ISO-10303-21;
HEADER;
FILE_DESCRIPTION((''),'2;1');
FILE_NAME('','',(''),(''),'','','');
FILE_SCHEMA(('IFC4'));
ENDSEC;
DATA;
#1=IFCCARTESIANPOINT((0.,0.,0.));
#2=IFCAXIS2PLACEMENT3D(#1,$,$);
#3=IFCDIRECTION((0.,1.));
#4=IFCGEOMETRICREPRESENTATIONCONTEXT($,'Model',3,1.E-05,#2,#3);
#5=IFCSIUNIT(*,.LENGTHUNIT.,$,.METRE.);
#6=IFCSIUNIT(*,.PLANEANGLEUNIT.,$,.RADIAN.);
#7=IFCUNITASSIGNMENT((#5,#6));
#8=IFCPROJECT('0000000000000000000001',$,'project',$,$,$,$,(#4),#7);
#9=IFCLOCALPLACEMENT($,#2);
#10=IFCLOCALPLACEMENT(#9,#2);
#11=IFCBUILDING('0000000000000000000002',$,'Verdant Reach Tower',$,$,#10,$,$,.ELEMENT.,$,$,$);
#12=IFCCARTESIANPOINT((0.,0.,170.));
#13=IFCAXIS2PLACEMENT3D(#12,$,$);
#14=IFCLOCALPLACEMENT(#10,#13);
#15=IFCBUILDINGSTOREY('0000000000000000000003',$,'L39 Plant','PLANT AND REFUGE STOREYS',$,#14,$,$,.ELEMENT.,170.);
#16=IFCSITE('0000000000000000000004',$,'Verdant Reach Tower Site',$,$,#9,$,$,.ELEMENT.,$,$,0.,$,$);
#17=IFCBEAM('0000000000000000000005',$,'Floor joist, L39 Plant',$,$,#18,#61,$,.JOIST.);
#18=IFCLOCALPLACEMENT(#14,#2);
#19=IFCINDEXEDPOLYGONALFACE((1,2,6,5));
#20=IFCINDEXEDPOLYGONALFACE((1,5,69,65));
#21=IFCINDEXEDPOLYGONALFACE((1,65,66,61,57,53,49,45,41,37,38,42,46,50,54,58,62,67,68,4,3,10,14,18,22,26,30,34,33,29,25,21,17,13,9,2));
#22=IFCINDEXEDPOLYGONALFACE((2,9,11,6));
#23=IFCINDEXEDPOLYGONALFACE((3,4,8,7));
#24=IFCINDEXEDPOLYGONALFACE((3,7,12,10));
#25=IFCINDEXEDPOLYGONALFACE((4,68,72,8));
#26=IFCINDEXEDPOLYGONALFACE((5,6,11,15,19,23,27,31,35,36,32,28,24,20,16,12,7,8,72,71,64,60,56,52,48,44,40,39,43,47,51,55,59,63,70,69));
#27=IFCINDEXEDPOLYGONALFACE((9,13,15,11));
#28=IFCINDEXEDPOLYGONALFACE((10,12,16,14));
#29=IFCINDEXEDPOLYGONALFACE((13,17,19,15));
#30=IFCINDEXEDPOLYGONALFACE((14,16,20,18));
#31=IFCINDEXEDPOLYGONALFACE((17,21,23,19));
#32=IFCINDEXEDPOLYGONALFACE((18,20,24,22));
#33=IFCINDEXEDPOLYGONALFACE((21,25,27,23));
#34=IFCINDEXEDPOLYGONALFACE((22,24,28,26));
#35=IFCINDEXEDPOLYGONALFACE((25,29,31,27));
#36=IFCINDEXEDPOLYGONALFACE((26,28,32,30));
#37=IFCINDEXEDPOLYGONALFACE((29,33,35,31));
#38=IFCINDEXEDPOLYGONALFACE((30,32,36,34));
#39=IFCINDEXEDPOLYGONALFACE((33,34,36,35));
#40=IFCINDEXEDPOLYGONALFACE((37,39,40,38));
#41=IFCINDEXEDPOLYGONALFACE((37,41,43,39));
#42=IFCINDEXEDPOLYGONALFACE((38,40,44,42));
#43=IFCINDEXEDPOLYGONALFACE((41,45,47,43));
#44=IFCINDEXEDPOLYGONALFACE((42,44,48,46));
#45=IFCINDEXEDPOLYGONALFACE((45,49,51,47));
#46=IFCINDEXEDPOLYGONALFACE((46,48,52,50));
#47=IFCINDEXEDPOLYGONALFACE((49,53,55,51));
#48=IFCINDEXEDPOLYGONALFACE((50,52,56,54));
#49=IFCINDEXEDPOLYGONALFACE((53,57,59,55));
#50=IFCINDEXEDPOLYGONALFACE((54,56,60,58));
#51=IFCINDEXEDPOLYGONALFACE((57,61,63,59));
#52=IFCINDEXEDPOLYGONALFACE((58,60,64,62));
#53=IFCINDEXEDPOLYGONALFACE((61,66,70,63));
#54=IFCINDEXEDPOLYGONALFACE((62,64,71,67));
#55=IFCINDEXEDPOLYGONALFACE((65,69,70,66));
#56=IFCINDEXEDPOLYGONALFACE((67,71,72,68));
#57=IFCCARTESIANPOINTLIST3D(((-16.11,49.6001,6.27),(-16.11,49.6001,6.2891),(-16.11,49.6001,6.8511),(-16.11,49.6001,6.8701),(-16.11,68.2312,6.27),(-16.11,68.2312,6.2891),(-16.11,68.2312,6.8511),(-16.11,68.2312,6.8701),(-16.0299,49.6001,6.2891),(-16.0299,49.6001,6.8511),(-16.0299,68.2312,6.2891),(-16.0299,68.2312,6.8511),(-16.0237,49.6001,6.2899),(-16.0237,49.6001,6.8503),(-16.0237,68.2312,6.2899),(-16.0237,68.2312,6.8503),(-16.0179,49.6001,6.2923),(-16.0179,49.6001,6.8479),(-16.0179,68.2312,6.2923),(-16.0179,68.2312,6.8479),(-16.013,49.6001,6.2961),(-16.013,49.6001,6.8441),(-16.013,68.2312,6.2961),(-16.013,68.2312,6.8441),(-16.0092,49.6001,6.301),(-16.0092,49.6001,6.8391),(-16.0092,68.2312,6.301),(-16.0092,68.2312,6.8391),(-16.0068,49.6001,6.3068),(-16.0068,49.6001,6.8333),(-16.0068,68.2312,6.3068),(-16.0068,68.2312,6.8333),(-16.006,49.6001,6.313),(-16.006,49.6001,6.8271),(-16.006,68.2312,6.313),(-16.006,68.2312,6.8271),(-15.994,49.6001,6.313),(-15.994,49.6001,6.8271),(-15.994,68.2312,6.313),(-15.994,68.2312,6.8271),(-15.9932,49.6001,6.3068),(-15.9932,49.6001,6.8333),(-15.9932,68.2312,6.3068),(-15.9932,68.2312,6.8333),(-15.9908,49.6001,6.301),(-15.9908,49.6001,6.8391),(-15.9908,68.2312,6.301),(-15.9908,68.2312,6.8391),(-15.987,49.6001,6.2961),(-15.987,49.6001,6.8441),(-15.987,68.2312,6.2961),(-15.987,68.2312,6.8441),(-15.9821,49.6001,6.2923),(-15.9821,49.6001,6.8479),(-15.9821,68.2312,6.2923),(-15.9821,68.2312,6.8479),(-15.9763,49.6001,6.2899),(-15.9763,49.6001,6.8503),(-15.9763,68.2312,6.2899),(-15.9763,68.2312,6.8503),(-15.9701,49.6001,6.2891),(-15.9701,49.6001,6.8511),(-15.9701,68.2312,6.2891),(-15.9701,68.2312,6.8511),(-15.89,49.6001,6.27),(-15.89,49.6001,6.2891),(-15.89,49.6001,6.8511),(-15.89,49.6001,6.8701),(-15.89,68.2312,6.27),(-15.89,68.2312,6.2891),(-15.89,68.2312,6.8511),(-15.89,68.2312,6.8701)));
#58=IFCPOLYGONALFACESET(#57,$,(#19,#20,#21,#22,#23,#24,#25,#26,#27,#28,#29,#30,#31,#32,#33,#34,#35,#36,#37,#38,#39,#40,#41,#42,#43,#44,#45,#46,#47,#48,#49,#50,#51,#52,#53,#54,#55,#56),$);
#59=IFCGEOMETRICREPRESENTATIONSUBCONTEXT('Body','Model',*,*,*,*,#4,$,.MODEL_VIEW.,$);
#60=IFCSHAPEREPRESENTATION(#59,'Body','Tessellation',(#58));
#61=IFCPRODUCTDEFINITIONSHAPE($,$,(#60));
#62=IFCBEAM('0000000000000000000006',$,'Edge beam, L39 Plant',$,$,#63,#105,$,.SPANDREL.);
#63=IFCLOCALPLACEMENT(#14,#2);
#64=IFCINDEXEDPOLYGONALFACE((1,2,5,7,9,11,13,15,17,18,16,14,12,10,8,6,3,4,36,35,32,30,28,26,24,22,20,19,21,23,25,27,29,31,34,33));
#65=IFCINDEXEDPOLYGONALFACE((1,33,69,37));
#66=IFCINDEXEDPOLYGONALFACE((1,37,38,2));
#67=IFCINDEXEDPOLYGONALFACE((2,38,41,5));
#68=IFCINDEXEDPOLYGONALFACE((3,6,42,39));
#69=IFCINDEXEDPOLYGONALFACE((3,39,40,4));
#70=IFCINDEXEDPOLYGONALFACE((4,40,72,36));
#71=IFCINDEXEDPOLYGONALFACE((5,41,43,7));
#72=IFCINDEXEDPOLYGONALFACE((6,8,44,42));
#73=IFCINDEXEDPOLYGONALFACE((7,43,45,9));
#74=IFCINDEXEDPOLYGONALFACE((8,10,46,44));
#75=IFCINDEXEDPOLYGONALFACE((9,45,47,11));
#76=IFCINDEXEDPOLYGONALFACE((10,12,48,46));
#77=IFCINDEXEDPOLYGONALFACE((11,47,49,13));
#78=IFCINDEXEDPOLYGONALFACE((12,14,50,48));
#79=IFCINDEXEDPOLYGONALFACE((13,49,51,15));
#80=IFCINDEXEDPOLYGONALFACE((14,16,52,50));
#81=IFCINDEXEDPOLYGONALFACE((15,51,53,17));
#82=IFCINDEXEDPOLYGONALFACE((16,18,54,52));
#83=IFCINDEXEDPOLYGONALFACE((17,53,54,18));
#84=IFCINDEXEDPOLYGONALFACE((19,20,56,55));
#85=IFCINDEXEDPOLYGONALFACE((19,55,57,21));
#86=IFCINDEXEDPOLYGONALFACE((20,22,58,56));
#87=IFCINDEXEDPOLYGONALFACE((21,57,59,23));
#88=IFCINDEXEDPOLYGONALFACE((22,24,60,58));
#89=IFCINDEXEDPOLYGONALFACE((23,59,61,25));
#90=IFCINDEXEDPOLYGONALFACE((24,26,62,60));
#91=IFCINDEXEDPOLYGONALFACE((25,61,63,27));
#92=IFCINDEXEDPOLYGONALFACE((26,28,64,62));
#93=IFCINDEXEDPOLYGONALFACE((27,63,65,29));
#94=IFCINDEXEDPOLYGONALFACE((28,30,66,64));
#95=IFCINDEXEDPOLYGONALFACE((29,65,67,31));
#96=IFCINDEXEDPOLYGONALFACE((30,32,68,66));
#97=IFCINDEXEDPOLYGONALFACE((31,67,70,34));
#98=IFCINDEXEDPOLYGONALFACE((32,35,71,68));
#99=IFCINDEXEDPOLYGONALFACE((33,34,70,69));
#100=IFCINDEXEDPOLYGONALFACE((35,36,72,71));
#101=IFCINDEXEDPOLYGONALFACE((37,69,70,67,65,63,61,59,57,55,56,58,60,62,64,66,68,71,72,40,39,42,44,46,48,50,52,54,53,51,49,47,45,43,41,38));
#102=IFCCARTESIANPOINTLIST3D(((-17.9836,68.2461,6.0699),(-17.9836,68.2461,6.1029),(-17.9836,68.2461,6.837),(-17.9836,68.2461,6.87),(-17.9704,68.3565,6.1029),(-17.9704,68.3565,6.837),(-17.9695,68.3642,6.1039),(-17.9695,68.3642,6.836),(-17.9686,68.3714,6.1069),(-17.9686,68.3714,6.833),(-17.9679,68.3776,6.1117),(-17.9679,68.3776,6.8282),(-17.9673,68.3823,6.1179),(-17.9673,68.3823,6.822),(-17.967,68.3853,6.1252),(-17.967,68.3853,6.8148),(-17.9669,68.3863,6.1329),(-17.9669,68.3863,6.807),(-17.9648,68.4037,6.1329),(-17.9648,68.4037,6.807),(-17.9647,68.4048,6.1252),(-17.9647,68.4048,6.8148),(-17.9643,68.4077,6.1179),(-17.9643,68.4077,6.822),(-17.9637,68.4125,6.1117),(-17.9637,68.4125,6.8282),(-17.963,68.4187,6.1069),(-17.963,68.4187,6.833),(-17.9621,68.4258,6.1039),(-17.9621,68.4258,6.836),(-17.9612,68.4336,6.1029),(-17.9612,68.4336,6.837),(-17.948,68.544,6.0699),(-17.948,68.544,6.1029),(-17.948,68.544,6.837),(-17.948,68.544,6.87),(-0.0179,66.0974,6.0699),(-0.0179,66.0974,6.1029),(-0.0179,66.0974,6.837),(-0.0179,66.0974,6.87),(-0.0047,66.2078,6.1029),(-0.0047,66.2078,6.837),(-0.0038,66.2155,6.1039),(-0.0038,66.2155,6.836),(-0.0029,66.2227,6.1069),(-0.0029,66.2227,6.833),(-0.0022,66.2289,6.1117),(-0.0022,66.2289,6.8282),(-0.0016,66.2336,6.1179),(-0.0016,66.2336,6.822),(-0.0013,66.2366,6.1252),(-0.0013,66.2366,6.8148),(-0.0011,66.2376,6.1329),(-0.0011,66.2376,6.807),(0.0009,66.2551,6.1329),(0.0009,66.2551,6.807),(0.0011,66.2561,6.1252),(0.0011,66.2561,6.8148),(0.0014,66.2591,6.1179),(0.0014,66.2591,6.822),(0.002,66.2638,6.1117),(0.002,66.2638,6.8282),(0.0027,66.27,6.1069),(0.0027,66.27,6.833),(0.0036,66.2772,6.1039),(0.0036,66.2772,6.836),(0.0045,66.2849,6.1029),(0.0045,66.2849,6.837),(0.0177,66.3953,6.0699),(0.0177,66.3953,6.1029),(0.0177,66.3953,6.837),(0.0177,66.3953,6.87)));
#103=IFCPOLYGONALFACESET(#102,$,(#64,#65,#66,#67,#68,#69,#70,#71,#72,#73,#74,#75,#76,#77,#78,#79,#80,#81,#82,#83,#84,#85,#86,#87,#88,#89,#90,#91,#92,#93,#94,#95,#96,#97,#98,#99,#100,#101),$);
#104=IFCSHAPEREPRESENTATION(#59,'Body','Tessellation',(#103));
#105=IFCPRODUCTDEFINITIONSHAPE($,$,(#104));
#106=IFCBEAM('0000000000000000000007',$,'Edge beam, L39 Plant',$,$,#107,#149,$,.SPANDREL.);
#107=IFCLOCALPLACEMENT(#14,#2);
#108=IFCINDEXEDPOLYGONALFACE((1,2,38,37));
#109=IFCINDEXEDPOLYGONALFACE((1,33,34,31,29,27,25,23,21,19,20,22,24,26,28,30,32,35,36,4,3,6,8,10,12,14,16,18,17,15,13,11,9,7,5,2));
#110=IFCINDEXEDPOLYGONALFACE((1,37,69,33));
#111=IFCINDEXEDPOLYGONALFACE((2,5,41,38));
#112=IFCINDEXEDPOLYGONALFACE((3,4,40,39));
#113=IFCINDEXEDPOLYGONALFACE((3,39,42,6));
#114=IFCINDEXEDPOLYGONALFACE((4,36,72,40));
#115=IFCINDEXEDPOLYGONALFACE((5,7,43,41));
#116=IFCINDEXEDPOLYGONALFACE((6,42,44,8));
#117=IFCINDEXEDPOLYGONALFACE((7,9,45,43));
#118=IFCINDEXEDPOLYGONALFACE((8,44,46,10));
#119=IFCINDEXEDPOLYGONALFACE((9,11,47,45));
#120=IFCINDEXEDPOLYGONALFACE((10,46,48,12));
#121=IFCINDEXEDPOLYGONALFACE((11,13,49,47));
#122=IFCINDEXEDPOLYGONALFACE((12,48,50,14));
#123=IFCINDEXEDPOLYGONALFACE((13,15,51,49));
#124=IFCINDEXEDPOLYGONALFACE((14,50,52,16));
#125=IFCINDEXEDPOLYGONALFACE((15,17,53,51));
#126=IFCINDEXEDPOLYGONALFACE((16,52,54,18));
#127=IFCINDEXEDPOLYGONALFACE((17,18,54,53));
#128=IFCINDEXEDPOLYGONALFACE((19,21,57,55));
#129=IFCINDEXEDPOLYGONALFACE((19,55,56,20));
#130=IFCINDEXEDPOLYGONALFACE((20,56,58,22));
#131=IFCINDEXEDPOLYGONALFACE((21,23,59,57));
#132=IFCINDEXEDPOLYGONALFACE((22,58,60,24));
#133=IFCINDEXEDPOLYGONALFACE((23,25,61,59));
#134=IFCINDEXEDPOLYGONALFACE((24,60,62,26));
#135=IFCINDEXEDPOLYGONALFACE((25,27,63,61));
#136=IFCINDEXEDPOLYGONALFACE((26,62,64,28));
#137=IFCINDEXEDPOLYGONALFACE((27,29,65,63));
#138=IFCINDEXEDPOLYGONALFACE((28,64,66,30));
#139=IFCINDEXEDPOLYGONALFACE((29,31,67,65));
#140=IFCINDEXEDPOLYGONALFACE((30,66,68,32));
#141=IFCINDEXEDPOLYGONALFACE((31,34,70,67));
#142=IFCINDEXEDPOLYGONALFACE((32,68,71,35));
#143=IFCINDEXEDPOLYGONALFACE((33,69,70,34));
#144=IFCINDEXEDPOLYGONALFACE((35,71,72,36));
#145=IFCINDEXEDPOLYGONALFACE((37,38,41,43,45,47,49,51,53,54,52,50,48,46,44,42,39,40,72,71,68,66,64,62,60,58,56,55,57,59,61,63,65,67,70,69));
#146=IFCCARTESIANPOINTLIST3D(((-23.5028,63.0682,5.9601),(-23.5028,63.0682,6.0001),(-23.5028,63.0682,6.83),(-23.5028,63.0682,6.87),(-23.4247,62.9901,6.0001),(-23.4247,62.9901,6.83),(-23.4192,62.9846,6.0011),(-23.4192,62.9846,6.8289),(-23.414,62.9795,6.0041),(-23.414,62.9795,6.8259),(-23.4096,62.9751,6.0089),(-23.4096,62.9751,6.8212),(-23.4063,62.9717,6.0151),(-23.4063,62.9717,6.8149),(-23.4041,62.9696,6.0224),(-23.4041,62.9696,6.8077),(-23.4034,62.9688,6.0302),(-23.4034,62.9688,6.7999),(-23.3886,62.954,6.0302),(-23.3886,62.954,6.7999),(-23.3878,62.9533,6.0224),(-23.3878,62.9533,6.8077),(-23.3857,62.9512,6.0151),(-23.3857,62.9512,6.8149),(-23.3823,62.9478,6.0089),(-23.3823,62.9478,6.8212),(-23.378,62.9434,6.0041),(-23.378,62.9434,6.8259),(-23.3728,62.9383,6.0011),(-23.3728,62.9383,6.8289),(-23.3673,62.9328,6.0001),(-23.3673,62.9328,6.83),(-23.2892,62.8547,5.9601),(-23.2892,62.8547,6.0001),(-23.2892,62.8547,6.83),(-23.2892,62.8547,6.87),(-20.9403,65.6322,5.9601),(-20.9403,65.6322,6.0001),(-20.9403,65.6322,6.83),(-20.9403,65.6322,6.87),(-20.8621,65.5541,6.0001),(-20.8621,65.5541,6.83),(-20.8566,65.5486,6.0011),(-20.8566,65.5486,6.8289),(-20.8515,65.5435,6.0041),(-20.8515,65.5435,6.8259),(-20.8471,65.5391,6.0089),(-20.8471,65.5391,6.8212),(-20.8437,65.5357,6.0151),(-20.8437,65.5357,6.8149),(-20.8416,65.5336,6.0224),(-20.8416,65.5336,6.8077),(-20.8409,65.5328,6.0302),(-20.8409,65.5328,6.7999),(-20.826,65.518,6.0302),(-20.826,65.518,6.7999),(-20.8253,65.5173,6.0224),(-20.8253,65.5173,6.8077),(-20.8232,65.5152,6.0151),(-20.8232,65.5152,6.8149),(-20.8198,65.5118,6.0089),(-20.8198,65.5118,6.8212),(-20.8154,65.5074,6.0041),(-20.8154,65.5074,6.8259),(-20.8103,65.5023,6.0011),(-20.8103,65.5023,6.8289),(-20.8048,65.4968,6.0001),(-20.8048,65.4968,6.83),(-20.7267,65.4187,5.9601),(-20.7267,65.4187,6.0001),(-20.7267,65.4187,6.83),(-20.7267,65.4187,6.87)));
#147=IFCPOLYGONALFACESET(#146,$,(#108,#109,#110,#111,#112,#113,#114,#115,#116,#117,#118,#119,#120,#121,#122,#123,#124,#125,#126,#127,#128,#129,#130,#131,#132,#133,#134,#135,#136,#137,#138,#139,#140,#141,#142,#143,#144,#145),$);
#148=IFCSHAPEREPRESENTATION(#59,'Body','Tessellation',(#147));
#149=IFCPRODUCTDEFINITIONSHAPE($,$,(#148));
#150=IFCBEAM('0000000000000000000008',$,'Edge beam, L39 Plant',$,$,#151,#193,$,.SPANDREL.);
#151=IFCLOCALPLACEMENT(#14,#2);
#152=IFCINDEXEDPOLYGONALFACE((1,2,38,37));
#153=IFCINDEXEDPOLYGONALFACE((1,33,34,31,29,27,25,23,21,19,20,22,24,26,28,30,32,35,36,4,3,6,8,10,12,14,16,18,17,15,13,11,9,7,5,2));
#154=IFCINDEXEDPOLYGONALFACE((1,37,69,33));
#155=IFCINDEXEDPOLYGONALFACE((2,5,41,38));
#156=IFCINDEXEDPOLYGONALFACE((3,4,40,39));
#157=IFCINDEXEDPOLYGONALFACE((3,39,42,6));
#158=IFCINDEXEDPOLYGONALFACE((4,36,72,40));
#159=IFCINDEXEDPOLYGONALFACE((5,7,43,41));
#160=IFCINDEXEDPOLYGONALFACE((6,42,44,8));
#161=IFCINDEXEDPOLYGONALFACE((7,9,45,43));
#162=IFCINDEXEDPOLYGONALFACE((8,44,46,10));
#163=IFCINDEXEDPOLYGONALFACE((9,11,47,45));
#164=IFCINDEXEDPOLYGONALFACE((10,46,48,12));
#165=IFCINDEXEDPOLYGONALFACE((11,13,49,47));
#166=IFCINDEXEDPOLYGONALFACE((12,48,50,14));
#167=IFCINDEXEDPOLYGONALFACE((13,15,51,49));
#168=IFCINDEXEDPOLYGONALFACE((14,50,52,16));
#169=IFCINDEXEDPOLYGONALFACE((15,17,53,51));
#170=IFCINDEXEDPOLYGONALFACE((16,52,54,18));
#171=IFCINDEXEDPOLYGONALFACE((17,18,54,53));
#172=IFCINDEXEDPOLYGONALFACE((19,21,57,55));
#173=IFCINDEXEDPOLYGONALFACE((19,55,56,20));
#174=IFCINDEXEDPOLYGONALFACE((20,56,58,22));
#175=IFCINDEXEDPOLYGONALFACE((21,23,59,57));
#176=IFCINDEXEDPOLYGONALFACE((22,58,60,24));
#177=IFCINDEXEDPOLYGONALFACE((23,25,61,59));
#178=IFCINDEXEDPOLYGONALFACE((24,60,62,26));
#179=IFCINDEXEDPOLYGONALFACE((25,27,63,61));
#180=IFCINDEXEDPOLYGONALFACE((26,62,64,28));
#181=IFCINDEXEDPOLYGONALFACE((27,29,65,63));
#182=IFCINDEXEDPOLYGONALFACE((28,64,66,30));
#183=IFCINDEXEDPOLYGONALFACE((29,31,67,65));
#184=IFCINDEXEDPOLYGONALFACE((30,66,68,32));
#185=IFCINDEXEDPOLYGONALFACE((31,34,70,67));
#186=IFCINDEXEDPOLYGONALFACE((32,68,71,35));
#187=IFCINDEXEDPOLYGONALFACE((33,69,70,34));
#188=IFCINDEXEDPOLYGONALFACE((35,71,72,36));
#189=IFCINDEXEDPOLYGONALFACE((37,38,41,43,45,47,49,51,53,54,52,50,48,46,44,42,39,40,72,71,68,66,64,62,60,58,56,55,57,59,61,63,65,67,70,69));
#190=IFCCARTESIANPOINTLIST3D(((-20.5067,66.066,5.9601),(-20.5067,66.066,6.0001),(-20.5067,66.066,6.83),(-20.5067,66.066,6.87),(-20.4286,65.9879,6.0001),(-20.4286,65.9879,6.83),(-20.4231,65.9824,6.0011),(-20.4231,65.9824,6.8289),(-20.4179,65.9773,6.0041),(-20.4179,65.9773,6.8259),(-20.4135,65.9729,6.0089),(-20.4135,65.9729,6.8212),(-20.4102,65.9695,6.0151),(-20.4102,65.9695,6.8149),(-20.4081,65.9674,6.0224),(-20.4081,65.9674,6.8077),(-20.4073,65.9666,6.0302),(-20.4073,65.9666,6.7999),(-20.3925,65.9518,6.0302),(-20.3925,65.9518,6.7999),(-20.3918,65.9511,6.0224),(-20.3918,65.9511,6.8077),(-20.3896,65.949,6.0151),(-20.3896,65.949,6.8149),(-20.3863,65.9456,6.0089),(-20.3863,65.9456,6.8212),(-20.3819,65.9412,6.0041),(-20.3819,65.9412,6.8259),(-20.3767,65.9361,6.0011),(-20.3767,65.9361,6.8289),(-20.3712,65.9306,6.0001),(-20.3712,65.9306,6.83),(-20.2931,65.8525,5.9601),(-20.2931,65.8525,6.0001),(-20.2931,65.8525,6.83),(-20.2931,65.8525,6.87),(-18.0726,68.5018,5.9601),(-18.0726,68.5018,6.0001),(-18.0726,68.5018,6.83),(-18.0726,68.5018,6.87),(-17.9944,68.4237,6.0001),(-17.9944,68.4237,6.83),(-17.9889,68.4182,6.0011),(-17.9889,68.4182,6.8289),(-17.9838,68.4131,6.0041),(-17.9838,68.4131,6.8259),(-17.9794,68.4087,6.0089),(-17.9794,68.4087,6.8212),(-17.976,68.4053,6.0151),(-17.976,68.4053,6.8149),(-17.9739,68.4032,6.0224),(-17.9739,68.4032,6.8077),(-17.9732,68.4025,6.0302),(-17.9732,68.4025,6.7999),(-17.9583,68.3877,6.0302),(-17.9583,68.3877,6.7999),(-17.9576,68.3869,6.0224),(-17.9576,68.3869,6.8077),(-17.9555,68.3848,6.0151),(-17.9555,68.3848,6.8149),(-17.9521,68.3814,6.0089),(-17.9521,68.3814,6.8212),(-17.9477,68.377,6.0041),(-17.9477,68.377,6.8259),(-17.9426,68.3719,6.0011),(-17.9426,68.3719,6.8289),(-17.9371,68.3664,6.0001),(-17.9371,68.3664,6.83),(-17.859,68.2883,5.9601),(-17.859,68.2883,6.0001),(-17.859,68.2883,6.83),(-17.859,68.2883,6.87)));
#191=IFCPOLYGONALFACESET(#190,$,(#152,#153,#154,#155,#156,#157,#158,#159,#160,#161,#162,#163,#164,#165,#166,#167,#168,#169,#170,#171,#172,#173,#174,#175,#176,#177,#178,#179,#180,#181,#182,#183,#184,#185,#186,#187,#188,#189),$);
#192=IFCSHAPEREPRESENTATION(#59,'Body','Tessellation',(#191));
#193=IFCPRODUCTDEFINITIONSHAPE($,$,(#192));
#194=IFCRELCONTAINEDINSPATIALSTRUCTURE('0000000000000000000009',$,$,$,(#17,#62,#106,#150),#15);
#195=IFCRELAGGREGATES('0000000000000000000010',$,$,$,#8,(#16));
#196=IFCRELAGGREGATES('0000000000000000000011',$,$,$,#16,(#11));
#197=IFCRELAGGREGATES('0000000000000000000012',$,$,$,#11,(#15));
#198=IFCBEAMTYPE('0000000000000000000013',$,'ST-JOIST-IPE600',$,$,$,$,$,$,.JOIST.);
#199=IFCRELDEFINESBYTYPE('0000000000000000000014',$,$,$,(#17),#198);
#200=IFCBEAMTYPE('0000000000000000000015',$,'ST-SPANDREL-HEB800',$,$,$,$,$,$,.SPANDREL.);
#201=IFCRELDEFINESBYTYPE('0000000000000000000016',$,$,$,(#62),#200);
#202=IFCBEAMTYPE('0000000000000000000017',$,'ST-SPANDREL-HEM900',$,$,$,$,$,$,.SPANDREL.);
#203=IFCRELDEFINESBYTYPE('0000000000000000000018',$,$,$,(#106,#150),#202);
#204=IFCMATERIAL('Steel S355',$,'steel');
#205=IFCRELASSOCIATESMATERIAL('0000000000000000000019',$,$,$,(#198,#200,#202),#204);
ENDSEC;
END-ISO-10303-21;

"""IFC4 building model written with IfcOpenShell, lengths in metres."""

from ifc_helpers import new_model, si_unit, direction, frame, origin, origin_2d, place, context, subcontext, project, spatial, i_section, extrude, material, material_profile, profile_set, type_object, element, save


model = new_model("IFC4")

# Units and contexts
model_context = context("Model", 3, precision=1e-05, world=origin(), true_north=direction((0.0, 1.0)))
body_context = subcontext(model_context, "Body", "Model", "MODEL_VIEW")
ifc_project = project(units=[si_unit("LENGTHUNIT", "METRE"), si_unit("PLANEANGLEUNIT", "RADIAN")], contexts=[model_context])

# Site, building, storey
site_placement = place(None, origin())
site = spatial("IfcSite", under=ifc_project, at=site_placement, Name="Verdant Reach Tower Site", CompositionType="ELEMENT", RefElevation=0.0)
building_placement = place(site_placement, origin())
building = spatial("IfcBuilding", under=site, at=building_placement, Name="Verdant Reach Tower", CompositionType="ELEMENT")
storey_placement = place(building_placement, frame((0.0, 0.0, 170.0)))
storey = spatial("IfcBuildingStorey", under=building, at=storey_placement, Name="L39 Plant", Description="PLANT AND REFUGE STOREYS", CompositionType="ELEMENT", Elevation=170.0)

# Beams
ifc_material_1 = material(Name="Steel S355", Category="steel")
ifc_material_profile_1 = material_profile(ifc_material_1, i_section(OverallWidth=0.22, OverallDepth=0.6001, WebThickness=0.012, FlangeThickness=0.019, FilletRadius=0.0239, at=origin_2d()), Name="IPE 600")
ifc_profile_set_1 = profile_set([ifc_material_profile_1], Name="Steel S355")
beam_type_1 = type_object("IfcBeamType", Name="ST-JOIST-IPE600", PredefinedType="JOIST", material=ifc_profile_set_1)
beam_1_placement = place(storey_placement, frame((-16.0, 49.6001, 6.5701), z_axis=(0.0, 1.0, 0.0), x_axis=(-1.0, 0.0, 0.0)))
element("IfcBeam", 1, at=beam_1_placement, inside=storey, type_object=beam_type_1, Name="Floor joist, L39 Plant", PredefinedType="JOIST", context=body_context, shape_type="SweptSolid", body=[
    extrude(i_section(OverallWidth=0.22, OverallDepth=0.6001, WebThickness=0.012, FlangeThickness=0.019, FilletRadius=0.0239, at=origin_2d()), origin(), (0.0, 0.0, 1.0), 18.6311),
])
ifc_material_profile_2 = material_profile(ifc_material_1, i_section(OverallWidth=0.3, OverallDepth=0.8, WebThickness=0.0176, FlangeThickness=0.033, FilletRadius=0.03, at=origin_2d()), Name="HEB 800")
ifc_profile_set_2 = profile_set([ifc_material_profile_2], Name="Steel S355")
beam_type_2 = type_object("IfcBeamType", Name="ST-SPANDREL-HEB800", PredefinedType="SPANDREL", material=ifc_profile_set_2)
beam_2_placement = place(storey_placement, frame((-17.9658, 68.395, 6.47), z_axis=(0.992924, -0.118752, 0.0), x_axis=(0.118752, 0.992924, 0.0)))
element("IfcBeam", 2, at=beam_2_placement, inside=storey, type_object=beam_type_2, Name="Edge beam, L39 Plant", PredefinedType="SPANDREL", context=body_context, shape_type="SweptSolid", body=[
    extrude(i_section(OverallWidth=0.3, OverallDepth=0.8, WebThickness=0.0176, FlangeThickness=0.033, FilletRadius=0.03, at=origin_2d()), origin(), (0.0, 0.0, 1.0), 18.0938),
])
ifc_material_profile_3 = material_profile(ifc_material_1, i_section(OverallWidth=0.302, OverallDepth=0.9099, WebThickness=0.021, FlangeThickness=0.04, FilletRadius=0.03, at=origin_2d()), Name="HEM 900")
ifc_profile_set_3 = profile_set([ifc_material_profile_3], Name="Steel S355")
beam_type_3 = type_object("IfcBeamType", Name="ST-SPANDREL-HEM900", PredefinedType="SPANDREL", material=ifc_profile_set_3)
beam_3_placement = place(storey_placement, frame((-23.396, 62.9614, 6.415), z_axis=(0.706905, 0.707309, 0.0), x_axis=(-0.707309, 0.706905, 0.0)))
element("IfcBeam", 3, at=beam_3_placement, inside=storey, type_object=beam_type_3, Name="Edge beam, L39 Plant", PredefinedType="SPANDREL", context=body_context, shape_type="SweptSolid", body=[
    extrude(i_section(OverallWidth=0.302, OverallDepth=0.9099, WebThickness=0.021, FlangeThickness=0.04, FilletRadius=0.03, at=origin_2d()), origin(), (0.0, 0.0, 1.0), 3.625),
])
beam_4_placement = place(storey_placement, frame((-20.3999, 65.9592, 6.415), z_axis=(0.706859, 0.707355, 0.0), x_axis=(-0.707355, 0.706859, 0.0)))
element("IfcBeam", 4, at=beam_4_placement, inside=storey, type_object=beam_type_3, Name="Edge beam, L39 Plant", PredefinedType="SPANDREL", context=body_context, shape_type="SweptSolid", body=[
    extrude(i_section(OverallWidth=0.302, OverallDepth=0.9099, WebThickness=0.021, FlangeThickness=0.04, FilletRadius=0.03, at=origin_2d()), origin(), (0.0, 0.0, 1.0), 3.4436),
])

save(model, "model.ifc")
